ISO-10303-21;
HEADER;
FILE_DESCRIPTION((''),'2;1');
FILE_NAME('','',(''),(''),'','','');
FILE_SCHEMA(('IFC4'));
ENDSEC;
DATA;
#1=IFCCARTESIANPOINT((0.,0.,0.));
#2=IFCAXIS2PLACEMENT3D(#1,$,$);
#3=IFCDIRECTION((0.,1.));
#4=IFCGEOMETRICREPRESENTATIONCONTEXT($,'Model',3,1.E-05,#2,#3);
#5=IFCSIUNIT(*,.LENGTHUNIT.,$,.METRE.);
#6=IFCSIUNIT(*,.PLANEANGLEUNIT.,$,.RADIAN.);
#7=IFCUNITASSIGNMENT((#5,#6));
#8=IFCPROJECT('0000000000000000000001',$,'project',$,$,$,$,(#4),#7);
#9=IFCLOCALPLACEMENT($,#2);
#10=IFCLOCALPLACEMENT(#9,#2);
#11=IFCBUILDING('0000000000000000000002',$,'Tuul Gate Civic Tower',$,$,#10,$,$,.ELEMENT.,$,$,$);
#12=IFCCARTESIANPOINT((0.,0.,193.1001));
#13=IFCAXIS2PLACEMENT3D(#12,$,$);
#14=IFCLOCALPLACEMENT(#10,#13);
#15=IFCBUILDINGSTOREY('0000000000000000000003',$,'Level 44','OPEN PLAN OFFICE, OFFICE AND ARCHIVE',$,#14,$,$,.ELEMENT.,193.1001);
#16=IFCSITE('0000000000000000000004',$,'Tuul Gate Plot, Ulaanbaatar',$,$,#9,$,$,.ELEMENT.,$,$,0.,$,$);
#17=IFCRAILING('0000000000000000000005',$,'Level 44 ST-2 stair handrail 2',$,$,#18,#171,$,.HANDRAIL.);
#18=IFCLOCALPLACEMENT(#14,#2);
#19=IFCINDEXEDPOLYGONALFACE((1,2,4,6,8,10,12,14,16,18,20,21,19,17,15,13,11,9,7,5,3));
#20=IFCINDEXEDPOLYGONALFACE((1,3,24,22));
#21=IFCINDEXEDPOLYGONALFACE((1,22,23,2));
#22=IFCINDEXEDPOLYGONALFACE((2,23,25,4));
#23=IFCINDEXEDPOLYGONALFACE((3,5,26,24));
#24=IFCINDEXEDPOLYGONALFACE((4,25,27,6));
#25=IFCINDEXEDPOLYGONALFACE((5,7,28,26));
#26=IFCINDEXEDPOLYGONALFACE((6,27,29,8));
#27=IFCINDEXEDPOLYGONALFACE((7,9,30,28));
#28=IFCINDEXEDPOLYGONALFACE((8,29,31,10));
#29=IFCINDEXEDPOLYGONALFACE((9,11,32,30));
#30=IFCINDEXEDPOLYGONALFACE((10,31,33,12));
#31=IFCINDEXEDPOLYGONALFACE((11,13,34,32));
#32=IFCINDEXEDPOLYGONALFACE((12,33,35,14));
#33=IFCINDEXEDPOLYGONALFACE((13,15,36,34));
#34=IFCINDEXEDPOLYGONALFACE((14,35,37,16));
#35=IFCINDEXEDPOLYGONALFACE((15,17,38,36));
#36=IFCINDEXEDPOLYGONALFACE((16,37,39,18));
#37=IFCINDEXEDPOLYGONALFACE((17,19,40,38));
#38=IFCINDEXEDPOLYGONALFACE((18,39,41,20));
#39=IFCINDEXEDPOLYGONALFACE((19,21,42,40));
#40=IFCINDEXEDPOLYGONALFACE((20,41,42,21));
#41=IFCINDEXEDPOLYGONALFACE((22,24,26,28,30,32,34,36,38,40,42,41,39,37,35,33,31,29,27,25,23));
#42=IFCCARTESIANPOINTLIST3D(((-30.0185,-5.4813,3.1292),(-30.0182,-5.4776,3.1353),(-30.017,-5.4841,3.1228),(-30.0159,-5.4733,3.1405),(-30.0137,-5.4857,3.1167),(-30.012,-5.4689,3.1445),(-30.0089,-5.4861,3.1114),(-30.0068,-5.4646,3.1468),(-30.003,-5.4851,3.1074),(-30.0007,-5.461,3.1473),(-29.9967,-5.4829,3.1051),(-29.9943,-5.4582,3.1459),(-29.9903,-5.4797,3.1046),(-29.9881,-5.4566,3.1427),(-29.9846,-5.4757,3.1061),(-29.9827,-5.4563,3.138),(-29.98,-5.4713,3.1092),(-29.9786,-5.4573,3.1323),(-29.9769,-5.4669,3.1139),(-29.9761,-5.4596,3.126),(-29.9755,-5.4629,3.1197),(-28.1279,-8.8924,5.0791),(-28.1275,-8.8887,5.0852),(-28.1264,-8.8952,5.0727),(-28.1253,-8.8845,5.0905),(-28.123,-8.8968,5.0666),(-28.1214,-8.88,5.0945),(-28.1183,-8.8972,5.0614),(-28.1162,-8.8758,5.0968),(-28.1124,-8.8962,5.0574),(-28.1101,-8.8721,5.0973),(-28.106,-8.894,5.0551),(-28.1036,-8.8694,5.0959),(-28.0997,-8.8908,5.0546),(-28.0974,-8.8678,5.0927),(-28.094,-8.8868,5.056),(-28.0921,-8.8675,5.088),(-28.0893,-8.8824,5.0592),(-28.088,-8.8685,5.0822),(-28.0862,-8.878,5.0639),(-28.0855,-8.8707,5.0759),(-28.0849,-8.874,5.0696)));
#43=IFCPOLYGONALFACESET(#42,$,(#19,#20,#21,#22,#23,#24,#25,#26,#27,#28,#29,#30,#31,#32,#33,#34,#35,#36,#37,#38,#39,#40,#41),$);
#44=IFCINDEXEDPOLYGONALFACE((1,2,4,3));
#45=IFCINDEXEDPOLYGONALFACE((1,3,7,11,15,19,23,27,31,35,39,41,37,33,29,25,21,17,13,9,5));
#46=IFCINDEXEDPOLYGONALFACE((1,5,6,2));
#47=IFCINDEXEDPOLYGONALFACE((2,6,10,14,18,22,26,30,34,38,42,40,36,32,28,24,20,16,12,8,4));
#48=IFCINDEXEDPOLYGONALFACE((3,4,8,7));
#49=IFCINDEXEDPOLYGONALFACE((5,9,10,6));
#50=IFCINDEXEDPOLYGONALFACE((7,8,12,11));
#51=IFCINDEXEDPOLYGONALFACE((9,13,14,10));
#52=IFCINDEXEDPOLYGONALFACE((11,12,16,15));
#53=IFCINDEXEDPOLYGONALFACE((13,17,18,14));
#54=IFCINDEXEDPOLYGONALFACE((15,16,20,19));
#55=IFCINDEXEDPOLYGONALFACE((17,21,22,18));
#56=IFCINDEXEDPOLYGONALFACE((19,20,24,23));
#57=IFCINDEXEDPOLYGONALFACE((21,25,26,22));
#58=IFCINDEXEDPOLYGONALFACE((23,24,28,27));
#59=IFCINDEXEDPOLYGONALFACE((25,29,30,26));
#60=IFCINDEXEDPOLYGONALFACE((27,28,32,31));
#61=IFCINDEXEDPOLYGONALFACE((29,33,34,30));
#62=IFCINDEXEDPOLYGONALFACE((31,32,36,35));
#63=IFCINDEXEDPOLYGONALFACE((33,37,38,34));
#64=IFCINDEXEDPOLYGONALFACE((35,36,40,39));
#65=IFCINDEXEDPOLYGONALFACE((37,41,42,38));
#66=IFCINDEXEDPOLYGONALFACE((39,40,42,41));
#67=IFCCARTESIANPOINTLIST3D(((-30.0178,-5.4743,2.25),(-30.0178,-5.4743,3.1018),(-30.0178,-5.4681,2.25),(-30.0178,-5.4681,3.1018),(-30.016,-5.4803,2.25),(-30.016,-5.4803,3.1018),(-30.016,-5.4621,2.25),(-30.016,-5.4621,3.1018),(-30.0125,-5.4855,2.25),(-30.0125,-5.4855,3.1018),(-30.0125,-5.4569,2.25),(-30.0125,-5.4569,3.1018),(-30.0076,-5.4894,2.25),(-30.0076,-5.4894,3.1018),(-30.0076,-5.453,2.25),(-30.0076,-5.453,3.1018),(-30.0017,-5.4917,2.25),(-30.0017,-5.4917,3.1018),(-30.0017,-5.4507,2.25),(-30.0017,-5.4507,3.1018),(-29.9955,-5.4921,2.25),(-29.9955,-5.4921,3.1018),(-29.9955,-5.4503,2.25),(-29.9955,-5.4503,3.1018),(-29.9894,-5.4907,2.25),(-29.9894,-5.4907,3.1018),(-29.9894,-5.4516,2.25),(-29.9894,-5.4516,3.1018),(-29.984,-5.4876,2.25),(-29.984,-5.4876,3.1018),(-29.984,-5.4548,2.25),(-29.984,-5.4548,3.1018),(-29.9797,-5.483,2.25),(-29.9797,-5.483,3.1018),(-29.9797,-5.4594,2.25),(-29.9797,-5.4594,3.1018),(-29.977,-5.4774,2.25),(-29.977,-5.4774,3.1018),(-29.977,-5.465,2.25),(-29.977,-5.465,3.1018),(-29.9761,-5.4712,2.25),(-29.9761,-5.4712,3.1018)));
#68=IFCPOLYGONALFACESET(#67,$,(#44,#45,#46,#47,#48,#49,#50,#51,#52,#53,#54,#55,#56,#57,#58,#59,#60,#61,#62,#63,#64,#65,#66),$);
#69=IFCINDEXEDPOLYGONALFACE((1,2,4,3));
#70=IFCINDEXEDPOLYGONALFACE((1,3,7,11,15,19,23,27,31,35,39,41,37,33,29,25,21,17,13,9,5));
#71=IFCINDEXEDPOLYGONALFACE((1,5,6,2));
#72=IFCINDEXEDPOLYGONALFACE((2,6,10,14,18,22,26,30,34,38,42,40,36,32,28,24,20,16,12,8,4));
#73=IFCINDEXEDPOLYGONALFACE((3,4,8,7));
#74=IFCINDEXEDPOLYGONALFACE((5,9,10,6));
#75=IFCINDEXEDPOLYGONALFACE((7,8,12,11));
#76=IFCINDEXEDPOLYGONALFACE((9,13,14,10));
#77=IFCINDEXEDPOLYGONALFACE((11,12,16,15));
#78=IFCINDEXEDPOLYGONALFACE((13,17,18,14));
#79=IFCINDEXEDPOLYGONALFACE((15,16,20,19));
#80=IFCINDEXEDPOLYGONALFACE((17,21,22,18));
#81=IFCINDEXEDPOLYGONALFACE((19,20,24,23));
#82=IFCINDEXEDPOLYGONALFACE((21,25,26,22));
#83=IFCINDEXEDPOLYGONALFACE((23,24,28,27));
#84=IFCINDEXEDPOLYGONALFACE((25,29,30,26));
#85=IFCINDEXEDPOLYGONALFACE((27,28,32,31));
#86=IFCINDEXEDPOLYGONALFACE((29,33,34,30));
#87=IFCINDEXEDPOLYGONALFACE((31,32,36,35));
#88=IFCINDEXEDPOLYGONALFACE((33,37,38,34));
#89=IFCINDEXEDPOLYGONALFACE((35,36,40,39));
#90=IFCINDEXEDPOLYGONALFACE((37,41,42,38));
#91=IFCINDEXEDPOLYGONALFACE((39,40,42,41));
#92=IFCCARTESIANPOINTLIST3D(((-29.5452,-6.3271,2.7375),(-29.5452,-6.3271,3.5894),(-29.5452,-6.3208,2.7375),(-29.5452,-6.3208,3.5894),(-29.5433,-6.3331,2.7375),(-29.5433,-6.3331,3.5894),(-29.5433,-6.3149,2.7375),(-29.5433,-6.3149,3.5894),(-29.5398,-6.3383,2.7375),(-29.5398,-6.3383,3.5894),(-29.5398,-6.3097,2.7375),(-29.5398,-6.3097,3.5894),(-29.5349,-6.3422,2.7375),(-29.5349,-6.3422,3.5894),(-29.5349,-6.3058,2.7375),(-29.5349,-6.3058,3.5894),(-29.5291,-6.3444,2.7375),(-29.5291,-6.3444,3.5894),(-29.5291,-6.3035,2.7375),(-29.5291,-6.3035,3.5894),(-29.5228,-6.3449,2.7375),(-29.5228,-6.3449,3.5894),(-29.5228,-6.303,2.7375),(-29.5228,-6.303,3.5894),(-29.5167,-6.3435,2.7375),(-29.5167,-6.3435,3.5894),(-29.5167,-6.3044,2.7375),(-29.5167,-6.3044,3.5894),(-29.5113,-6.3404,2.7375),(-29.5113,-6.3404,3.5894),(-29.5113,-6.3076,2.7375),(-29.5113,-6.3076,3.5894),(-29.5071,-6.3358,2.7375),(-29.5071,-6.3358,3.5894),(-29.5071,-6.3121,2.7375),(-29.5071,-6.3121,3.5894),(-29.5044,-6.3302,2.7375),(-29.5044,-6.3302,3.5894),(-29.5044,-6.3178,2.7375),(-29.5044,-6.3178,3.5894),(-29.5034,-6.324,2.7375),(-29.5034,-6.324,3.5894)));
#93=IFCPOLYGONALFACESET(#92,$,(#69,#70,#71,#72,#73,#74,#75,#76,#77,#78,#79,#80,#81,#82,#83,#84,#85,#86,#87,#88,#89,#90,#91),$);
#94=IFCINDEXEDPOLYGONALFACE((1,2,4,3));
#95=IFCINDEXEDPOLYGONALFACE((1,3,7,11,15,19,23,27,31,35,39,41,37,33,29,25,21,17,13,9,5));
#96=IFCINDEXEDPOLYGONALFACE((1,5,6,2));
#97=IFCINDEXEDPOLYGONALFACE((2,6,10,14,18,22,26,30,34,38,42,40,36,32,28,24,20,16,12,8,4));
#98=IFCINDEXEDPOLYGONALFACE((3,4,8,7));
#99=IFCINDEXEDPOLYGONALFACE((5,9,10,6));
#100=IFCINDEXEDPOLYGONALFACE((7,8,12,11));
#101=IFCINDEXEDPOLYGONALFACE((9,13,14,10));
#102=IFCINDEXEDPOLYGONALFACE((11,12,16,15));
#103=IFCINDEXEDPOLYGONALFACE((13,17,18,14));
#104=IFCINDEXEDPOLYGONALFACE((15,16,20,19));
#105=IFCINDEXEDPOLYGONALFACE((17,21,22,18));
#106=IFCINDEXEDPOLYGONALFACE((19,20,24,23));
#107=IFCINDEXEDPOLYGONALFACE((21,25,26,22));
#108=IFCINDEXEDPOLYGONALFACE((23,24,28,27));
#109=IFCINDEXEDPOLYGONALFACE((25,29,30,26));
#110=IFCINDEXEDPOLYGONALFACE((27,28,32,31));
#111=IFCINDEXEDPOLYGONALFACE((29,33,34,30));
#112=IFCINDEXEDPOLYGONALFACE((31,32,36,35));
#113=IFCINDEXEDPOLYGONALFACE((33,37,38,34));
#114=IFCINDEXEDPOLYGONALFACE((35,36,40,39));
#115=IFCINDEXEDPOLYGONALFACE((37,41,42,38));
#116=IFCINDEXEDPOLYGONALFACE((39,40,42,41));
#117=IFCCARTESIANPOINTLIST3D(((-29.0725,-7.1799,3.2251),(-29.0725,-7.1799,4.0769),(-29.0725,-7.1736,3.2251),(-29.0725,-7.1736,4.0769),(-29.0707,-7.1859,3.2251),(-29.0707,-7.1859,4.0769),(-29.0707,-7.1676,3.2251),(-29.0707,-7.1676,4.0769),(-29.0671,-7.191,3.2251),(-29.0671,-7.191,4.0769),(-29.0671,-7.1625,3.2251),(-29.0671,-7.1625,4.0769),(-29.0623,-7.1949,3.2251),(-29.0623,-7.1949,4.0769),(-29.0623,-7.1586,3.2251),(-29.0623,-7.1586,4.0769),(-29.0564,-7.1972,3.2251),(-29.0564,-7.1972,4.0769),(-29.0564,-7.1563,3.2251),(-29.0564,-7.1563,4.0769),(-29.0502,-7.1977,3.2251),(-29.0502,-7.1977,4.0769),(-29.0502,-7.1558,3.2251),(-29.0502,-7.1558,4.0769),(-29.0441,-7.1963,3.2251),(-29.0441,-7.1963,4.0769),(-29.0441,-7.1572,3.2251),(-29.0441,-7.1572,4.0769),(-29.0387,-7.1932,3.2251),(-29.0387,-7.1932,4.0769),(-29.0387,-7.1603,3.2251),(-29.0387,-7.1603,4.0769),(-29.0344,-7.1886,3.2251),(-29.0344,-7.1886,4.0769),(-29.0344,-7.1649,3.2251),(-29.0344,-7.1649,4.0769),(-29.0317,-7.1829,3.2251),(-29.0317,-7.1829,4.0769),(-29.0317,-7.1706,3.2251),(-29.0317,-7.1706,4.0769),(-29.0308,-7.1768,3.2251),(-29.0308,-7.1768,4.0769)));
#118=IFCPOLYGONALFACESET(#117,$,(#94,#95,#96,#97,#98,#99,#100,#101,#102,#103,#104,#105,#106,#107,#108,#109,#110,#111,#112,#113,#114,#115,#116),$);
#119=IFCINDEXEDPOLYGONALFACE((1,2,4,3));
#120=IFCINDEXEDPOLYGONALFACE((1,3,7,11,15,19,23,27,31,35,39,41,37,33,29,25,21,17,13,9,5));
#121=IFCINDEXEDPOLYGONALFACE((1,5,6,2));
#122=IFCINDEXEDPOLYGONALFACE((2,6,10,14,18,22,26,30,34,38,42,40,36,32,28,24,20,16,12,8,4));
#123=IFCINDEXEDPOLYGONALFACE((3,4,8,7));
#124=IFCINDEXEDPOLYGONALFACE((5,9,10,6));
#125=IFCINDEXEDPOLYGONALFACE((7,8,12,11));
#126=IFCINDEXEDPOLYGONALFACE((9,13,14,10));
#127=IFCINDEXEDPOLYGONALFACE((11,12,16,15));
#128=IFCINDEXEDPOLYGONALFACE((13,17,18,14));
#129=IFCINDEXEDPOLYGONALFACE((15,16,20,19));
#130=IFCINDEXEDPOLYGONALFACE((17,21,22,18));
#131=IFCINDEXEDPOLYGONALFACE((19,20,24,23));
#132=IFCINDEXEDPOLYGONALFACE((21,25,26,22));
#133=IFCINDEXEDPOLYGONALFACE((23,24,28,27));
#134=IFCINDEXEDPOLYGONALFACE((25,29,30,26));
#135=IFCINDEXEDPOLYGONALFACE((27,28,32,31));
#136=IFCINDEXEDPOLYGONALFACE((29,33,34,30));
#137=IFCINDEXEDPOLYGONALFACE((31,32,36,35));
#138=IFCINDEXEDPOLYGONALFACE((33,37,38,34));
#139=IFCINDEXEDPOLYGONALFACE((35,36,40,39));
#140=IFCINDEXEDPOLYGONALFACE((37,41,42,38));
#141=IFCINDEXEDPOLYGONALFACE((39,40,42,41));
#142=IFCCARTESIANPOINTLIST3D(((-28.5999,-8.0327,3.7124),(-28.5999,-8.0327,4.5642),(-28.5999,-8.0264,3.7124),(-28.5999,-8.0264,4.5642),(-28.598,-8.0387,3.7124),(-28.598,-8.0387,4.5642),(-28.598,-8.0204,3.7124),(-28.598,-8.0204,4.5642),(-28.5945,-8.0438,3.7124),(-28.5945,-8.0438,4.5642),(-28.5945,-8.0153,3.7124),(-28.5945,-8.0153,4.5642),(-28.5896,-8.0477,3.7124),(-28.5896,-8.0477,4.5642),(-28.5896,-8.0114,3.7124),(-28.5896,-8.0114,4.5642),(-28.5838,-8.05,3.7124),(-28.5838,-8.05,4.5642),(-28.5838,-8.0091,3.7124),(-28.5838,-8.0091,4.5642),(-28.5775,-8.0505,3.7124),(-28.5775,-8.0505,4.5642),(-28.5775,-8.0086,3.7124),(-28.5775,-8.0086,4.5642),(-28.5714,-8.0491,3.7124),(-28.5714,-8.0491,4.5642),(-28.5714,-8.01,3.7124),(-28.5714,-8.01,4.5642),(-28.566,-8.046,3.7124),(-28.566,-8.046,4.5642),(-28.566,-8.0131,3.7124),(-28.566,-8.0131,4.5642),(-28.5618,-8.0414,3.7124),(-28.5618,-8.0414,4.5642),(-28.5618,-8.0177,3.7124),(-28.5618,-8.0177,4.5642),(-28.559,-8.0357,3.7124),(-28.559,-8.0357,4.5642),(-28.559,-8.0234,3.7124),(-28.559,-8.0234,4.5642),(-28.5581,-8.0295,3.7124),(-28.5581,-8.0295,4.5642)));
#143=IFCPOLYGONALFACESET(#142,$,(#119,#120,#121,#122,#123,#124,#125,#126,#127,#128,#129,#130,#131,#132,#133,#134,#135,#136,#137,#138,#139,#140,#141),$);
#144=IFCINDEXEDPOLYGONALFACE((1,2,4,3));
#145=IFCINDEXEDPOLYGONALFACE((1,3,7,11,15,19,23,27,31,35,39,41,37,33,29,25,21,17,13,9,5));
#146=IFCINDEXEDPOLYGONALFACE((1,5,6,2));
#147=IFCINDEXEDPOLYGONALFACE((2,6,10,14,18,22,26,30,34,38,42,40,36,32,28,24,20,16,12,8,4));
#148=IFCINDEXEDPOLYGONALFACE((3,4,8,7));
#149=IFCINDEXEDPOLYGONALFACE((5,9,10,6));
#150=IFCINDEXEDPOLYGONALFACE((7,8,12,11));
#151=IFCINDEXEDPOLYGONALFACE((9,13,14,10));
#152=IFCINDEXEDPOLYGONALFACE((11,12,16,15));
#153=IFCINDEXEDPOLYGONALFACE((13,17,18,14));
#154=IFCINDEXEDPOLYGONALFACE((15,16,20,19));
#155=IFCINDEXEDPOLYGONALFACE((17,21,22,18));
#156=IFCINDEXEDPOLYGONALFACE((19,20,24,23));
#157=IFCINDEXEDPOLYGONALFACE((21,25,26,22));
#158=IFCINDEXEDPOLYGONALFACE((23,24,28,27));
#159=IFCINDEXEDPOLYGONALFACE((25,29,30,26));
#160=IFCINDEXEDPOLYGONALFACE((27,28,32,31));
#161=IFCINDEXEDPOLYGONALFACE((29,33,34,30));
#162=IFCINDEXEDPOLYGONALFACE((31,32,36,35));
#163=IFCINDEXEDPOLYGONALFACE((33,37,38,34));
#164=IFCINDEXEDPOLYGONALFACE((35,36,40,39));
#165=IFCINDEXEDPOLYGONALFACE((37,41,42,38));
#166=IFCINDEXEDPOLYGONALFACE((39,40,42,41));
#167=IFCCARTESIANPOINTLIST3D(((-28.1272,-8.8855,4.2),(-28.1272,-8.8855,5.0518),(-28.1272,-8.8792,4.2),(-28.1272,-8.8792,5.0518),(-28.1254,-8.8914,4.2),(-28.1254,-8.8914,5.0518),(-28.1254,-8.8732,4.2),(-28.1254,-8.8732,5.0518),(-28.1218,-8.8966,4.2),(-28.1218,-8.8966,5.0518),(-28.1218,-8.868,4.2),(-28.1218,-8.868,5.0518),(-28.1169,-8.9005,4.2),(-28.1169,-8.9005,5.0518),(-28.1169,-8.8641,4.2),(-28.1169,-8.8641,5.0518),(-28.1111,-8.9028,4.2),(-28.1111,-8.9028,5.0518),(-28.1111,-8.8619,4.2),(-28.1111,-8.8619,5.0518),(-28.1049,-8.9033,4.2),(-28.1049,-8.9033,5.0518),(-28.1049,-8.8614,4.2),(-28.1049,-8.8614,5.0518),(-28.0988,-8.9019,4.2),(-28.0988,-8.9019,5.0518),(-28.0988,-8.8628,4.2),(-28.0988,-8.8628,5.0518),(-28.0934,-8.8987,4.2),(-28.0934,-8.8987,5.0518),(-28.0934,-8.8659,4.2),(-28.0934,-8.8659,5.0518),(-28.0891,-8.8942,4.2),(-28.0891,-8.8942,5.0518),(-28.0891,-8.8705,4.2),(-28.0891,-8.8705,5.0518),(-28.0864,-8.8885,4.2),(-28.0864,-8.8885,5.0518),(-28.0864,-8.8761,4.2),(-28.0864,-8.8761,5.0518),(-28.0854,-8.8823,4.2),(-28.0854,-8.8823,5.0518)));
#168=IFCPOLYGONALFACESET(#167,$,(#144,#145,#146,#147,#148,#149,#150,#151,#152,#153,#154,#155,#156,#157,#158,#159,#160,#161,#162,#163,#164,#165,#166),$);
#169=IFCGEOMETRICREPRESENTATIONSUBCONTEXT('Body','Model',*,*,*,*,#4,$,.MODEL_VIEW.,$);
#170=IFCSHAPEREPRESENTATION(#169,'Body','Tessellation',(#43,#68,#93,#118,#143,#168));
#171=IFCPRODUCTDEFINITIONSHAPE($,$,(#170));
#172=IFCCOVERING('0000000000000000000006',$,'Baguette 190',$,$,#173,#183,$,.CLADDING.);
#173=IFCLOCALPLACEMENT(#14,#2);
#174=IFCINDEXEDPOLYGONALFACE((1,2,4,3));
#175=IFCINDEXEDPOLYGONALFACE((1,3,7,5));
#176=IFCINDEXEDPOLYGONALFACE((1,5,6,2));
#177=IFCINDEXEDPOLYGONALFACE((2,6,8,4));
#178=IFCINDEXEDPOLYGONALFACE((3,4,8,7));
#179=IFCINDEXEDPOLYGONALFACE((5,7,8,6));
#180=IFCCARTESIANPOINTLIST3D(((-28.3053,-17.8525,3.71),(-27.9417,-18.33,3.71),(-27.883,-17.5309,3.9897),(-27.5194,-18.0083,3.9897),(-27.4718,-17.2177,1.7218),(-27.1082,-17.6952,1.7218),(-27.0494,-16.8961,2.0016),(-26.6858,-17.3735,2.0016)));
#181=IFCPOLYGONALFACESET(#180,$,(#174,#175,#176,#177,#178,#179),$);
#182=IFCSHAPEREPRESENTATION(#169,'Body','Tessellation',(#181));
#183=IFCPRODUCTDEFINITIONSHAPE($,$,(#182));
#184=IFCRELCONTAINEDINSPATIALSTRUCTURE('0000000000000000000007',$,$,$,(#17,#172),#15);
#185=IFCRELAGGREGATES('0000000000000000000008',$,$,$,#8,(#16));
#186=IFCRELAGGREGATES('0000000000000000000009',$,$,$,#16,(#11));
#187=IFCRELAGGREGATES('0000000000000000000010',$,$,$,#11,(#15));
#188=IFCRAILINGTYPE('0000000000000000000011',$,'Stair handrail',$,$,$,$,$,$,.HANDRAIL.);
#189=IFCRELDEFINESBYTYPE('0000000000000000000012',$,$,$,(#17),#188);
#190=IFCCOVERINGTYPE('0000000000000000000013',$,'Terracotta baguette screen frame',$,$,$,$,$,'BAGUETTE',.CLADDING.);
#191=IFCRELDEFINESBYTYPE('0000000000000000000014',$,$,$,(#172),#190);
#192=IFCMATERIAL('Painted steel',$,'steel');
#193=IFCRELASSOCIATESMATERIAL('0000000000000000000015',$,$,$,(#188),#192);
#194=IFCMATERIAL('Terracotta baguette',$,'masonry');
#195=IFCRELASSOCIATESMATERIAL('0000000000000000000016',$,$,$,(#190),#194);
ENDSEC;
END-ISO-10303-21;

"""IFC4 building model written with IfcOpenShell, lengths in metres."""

from ifc_helpers import new_model, si_unit, direction, frame, origin, origin_2d, place, context, subcontext, project, spatial, rectangle, circle, extrude, material, material_profile, profile_set, type_object, element, save


model = new_model("IFC4")

# Units and contexts
model_context = context("Model", 3, precision=1e-05, world=origin(), true_north=direction((0.0, 1.0)))
body_context = subcontext(model_context, "Body", "Model", "MODEL_VIEW")
ifc_project = project(units=[si_unit("LENGTHUNIT", "METRE"), si_unit("PLANEANGLEUNIT", "RADIAN")], contexts=[model_context])

# Site, building, storey
site_placement = place(None, origin())
site = spatial("IfcSite", under=ifc_project, at=site_placement, Name="Tuul Gate Plot, Ulaanbaatar", CompositionType="ELEMENT", RefElevation=0.0)
building_placement = place(site_placement, origin())
building = spatial("IfcBuilding", under=site, at=building_placement, Name="Tuul Gate Civic Tower", CompositionType="ELEMENT")
storey_placement = place(building_placement, frame((0.0, 0.0, 193.1001)))
storey = spatial("IfcBuildingStorey", under=building, at=storey_placement, Name="Level 44", Description="OPEN PLAN OFFICE, OFFICE AND ARCHIVE", CompositionType="ELEMENT", Elevation=193.1001)

# Railing
ifc_material_1 = material(Name="Painted steel", Category="steel")
railing_type_1 = type_object("IfcRailingType", Name="Stair handrail", PredefinedType="HANDRAIL", material=ifc_material_1)
railing_1_placement = place(storey_placement, frame((-29.9971, -5.4712, 2.25)))
element("IfcRailing", 1, at=railing_1_placement, inside=storey, type_object=railing_type_1, Name="Level 44 ST-2 stair handrail 2", PredefinedType="HANDRAIL", context=body_context, shape_type="SweptSolid", body=[
    extrude(circle(Radius=0.0239, at=origin_2d()), frame((0.0, 0.0, 0.876), z_axis=(0.433595, -0.782308, 0.447201), x_axis=(0.874641, 0.484771, 0.0)), (0.0, 0.0, 1.0), 4.3604),
    extrude(circle(Radius=0.021, at=origin_2d()), origin(), (0.0, 0.0, 1.0), 0.8518),
    extrude(circle(Radius=0.021, at=origin_2d()), frame((0.4727, -0.8528, 0.4875)), (0.0, 0.0, 1.0), 0.8518),
    extrude(circle(Radius=0.021, at=origin_2d()), frame((0.9453, -1.7056, 0.9751)), (0.0, 0.0, 1.0), 0.8518),
    extrude(circle(Radius=0.021, at=origin_2d()), frame((1.418, -2.5583, 1.4624)), (0.0, 0.0, 1.0), 0.8518),
    extrude(circle(Radius=0.021, at=origin_2d()), frame((1.8906, -3.4111, 1.95)), (0.0, 0.0, 1.0), 0.8518),
])

# Covering
ifc_material_2 = material(Name="Terracotta baguette", Category="masonry")
ifc_material_profile_1 = material_profile(ifc_material_2, rectangle(XDim=0.6001, YDim=0.6001, at=origin_2d()), Name="Terracotta baguette screen frame")
ifc_profile_set_1 = profile_set([ifc_material_profile_1], Name="Terracotta baguette")
covering_type = type_object("IfcCoveringType", Name="Terracotta baguette screen frame", ElementType="BAGUETTE", PredefinedType="CLADDING", material=ifc_profile_set_1)
covering_placement = place(storey_placement, frame((-27.9124, -17.9304, 3.8499), z_axis=(0.370903, 0.282469, -0.884671), x_axis=(-0.605875, 0.79556, 0.0)))
element("IfcCovering", 2, at=covering_placement, inside=storey, type_object=covering_type, Name="Baguette 190", PredefinedType="CLADDING", context=body_context, shape_type="SweptSolid", body=[
    extrude(rectangle(XDim=0.6001, YDim=0.6001, at=origin_2d()), origin(), (0.0, 0.0, 1.0), 2.2473),
])

save(model, "model.ifc")
